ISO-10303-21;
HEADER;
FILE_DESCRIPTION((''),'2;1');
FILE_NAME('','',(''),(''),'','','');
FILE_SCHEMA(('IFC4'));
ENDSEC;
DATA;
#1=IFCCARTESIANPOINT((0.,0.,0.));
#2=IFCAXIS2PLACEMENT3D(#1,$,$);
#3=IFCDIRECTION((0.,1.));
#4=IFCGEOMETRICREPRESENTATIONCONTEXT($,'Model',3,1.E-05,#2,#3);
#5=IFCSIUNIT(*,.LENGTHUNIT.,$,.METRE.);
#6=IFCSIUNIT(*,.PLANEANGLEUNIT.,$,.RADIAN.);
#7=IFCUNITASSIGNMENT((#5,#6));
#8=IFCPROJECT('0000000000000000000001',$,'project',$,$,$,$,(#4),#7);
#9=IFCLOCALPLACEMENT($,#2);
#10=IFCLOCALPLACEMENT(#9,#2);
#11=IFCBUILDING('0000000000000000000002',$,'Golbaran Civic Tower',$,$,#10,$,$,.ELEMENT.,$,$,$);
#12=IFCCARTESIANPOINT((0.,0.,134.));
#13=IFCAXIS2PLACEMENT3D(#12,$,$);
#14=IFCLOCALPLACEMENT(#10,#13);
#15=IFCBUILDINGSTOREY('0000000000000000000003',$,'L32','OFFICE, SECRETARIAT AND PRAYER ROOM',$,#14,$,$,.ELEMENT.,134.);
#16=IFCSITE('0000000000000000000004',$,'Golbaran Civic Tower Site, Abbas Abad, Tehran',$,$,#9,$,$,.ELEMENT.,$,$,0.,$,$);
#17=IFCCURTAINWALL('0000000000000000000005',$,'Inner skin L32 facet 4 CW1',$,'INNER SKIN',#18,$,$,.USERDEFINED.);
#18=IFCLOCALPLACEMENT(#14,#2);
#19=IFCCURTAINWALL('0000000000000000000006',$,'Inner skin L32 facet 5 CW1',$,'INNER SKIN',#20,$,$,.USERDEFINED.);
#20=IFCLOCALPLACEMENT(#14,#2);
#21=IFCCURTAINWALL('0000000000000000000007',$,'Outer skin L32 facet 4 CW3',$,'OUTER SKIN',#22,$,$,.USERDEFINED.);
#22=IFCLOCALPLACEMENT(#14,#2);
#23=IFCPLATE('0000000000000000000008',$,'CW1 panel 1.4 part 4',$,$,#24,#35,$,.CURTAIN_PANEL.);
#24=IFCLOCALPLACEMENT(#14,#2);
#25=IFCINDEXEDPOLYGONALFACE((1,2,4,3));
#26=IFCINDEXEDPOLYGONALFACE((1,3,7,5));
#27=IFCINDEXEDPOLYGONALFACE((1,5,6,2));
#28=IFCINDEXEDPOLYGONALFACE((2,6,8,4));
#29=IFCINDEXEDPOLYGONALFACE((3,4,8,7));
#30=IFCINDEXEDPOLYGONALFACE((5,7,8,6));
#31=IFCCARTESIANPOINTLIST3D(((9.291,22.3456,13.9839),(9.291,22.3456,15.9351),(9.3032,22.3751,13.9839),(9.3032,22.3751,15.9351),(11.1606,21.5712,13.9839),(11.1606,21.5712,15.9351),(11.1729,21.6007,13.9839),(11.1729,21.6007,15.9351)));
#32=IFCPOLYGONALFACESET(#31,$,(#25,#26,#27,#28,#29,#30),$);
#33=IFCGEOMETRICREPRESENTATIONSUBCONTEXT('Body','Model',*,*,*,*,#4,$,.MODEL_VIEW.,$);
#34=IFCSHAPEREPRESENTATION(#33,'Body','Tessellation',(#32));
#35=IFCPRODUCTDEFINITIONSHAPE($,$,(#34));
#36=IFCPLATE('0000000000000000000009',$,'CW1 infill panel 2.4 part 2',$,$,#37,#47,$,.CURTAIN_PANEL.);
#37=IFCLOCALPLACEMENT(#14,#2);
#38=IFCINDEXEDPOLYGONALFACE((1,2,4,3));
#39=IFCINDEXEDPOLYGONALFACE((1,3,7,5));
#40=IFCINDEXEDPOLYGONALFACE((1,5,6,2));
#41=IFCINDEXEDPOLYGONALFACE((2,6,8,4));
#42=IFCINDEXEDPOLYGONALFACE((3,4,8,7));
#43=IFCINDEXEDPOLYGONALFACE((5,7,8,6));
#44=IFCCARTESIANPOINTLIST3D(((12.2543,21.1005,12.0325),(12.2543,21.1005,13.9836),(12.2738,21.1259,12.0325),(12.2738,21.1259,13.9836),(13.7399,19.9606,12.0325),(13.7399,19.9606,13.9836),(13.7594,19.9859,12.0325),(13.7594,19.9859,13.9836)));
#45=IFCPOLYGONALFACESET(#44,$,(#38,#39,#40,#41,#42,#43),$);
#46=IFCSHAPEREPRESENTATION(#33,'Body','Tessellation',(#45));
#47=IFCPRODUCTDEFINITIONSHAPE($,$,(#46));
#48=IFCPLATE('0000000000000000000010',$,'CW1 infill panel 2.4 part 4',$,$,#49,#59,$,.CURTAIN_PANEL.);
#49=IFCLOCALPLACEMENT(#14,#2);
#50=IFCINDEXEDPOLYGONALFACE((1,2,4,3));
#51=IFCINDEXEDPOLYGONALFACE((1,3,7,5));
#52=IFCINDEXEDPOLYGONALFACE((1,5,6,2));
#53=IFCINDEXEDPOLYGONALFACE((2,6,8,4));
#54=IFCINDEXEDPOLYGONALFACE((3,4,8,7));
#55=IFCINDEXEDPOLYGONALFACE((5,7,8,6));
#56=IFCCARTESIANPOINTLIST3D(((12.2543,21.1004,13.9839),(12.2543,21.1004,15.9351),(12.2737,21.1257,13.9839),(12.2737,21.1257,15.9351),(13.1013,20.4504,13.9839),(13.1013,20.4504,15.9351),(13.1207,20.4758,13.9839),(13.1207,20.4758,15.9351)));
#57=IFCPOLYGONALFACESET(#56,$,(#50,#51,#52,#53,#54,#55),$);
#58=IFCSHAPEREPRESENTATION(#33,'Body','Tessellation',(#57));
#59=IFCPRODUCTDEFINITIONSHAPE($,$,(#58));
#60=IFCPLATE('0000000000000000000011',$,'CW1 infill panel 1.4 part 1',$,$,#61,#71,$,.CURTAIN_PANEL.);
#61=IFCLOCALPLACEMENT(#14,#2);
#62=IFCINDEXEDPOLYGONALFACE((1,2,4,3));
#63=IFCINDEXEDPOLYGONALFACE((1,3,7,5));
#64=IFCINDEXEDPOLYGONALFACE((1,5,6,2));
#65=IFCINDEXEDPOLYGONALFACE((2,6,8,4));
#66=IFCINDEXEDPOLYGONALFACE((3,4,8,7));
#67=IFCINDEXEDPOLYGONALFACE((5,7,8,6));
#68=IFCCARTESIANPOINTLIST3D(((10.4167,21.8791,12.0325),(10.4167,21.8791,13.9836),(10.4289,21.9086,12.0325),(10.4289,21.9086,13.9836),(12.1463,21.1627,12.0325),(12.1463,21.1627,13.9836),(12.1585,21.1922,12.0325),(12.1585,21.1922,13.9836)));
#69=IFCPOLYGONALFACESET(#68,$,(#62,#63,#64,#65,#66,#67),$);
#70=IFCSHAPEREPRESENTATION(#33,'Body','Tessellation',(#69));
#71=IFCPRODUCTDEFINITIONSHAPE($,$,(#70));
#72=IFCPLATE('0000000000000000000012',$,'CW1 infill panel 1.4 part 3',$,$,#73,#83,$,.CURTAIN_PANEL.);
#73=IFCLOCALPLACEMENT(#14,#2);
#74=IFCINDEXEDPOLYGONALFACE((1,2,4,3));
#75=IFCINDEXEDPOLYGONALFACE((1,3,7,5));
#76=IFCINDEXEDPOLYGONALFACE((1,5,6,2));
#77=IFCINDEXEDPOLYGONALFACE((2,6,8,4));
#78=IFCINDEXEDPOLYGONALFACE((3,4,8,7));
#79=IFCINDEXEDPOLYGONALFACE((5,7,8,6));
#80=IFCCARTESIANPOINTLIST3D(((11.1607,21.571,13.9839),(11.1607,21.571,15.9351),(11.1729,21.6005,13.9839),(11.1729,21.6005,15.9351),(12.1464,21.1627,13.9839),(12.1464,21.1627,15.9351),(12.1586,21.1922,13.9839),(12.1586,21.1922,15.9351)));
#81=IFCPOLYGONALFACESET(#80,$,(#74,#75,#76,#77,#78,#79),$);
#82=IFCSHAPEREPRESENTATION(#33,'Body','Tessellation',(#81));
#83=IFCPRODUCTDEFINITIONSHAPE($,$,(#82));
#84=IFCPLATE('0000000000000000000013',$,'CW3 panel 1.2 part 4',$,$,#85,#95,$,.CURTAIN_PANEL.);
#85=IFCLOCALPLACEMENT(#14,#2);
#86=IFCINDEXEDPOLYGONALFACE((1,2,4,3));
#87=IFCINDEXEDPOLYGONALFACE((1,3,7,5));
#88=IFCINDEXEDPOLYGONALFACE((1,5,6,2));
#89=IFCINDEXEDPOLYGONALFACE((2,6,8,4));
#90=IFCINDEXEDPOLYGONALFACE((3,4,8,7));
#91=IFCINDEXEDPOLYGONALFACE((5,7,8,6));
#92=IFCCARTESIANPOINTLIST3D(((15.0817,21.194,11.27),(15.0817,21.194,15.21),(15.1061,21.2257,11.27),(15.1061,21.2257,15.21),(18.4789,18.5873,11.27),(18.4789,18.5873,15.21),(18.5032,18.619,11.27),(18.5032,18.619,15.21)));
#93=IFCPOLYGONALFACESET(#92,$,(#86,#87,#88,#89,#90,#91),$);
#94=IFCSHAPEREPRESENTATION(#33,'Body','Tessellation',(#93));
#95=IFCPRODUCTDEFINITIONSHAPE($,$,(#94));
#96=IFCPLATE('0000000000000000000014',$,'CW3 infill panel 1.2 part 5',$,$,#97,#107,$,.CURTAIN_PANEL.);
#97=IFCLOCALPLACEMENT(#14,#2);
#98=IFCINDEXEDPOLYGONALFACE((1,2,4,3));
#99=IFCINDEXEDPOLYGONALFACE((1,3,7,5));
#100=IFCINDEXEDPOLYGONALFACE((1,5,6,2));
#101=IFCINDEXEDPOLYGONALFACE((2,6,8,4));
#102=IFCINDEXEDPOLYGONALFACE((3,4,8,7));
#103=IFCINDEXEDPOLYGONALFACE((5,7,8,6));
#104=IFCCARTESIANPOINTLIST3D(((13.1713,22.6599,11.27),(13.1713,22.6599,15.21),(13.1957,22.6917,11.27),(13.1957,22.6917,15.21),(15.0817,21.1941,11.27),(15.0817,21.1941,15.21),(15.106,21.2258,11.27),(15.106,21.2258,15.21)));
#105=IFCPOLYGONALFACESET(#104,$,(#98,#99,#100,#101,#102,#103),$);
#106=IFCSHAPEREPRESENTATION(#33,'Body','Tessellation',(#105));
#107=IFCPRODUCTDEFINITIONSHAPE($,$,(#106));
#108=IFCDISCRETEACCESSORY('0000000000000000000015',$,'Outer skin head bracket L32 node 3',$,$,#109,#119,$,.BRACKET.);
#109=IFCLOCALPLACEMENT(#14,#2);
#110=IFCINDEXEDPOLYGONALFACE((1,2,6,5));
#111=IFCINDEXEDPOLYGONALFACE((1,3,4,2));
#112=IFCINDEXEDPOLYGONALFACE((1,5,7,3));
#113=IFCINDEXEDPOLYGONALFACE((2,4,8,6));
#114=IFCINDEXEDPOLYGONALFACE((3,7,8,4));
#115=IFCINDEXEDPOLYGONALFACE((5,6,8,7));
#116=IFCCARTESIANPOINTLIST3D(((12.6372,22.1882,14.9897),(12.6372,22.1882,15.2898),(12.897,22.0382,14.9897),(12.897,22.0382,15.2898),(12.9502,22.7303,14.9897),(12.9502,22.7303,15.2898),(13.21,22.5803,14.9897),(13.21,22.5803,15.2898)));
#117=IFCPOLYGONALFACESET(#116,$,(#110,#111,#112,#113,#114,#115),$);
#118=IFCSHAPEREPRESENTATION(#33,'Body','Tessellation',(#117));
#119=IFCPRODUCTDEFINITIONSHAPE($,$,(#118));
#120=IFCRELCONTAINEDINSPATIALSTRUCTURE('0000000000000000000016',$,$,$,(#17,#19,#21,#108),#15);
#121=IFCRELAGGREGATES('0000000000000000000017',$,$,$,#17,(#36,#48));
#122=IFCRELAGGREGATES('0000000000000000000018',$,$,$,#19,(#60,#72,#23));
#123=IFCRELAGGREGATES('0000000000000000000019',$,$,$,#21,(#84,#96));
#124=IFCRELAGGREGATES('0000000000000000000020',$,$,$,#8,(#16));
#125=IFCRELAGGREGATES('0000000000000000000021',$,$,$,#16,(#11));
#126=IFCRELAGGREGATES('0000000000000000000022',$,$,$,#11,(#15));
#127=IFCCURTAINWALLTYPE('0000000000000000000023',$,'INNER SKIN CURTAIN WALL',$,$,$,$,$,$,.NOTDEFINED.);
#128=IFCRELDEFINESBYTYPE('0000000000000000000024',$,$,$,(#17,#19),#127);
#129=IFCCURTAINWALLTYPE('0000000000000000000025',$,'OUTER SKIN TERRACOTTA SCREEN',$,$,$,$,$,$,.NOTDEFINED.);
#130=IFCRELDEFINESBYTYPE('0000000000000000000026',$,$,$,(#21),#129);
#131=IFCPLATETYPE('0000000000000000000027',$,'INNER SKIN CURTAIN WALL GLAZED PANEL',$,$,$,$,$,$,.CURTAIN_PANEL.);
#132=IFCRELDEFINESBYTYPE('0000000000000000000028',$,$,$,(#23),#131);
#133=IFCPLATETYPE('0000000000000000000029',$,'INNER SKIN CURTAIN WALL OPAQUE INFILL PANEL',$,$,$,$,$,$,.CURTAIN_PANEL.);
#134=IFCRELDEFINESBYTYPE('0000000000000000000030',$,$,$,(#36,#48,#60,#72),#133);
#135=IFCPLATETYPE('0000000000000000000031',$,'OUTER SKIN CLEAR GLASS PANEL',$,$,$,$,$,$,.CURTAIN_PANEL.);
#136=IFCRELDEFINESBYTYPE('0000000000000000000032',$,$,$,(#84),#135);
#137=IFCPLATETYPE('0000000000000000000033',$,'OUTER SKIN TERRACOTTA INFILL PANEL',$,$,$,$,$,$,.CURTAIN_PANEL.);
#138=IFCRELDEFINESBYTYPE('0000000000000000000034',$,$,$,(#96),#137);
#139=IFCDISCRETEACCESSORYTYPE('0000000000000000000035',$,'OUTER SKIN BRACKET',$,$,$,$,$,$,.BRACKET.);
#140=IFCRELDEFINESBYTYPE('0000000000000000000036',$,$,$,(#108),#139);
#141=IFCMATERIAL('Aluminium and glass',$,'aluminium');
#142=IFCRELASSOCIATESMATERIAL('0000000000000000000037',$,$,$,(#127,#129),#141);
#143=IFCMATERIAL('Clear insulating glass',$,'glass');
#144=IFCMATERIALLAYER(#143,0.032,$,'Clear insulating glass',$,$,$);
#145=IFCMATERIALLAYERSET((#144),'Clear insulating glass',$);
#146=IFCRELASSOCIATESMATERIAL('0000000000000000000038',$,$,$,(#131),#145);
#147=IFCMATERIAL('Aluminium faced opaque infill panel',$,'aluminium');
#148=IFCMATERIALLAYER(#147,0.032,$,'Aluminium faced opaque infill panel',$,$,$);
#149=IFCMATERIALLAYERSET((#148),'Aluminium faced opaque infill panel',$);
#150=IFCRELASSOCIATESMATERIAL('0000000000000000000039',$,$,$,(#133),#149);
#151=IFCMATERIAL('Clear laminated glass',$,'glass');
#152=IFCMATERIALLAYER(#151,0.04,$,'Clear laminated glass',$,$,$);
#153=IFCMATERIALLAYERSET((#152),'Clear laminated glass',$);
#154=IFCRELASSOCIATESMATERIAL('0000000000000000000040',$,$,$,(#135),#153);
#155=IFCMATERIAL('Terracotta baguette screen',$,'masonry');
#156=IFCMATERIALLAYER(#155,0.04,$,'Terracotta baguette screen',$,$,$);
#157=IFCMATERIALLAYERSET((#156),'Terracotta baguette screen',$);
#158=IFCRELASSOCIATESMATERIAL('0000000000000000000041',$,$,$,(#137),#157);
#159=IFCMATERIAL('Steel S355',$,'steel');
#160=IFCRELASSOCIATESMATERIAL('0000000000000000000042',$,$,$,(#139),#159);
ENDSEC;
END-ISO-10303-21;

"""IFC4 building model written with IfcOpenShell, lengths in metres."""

from ifc_helpers import new_model, si_unit, direction, frame, origin, origin_2d, place, context, subcontext, project, spatial, rectangle, extrude, material, layer, layer_set, type_object, element, aggregate, save


model = new_model("IFC4")

# Units and contexts
model_context = context("Model", 3, precision=1e-05, world=origin(), true_north=direction((0.0, 1.0)))
body_context = subcontext(model_context, "Body", "Model", "MODEL_VIEW")
ifc_project = project(units=[si_unit("LENGTHUNIT", "METRE"), si_unit("PLANEANGLEUNIT", "RADIAN")], contexts=[model_context])

# Site, building, storey
site_placement = place(None, origin())
site = spatial("IfcSite", under=ifc_project, at=site_placement, Name="Golbaran Civic Tower Site, Abbas Abad, Tehran", CompositionType="ELEMENT", RefElevation=0.0)
building_placement = place(site_placement, origin())
building = spatial("IfcBuilding", under=site, at=building_placement, Name="Golbaran Civic Tower", CompositionType="ELEMENT")
storey_placement = place(building_placement, frame((0.0, 0.0, 134.0)))
storey = spatial("IfcBuildingStorey", under=building, at=storey_placement, Name="L32", Description="OFFICE, SECRETARIAT AND PRAYER ROOM", CompositionType="ELEMENT", Elevation=134.0)

# Curtain walls
ifc_material_1 = material(Name="Aluminium and glass", Category="aluminium")
curtain_wall_type_1 = type_object("IfcCurtainWallType", Name="INNER SKIN CURTAIN WALL", PredefinedType="NOTDEFINED", material=ifc_material_1)
curtain_wall_1_placement = place(storey_placement, origin())
curtain_wall_1 = element("IfcCurtainWall", 1, at=curtain_wall_1_placement, inside=storey, type_object=curtain_wall_type_1, Name="Inner skin L32 facet 4 CW1", ObjectType="INNER SKIN", PredefinedType="USERDEFINED")
curtain_wall_2_placement = place(storey_placement, origin())
curtain_wall_2 = element("IfcCurtainWall", 2, at=curtain_wall_2_placement, inside=storey, type_object=curtain_wall_type_1, Name="Inner skin L32 facet 5 CW1", ObjectType="INNER SKIN", PredefinedType="USERDEFINED")

# Curtain wall
curtain_wall_type_2 = type_object("IfcCurtainWallType", Name="OUTER SKIN TERRACOTTA SCREEN", PredefinedType="NOTDEFINED", material=ifc_material_1)
curtain_wall_3_placement = place(storey_placement, origin())
curtain_wall_3 = element("IfcCurtainWall", 3, at=curtain_wall_3_placement, inside=storey, type_object=curtain_wall_type_2, Name="Outer skin L32 facet 4 CW3", ObjectType="OUTER SKIN", PredefinedType="USERDEFINED")

# Shared definitions
ifc_material_2 = material(Name="Clear insulating glass", Category="glass")
ifc_layer_1 = layer(ifc_material_2, 0.032, Name="Clear insulating glass")
ifc_layer_set_1 = layer_set([ifc_layer_1], Name="Clear insulating glass")
plate_type_1 = type_object("IfcPlateType", Name="INNER SKIN CURTAIN WALL GLAZED PANEL", PredefinedType="CURTAIN_PANEL", material=ifc_layer_set_1)

# Plates
plate_1_placement = place(storey_placement, frame((10.2319, 21.9731, 13.9839), z_axis=(0.0, 0.0, 1.0), x_axis=(-0.92388, 0.382683, 0.0)))
plate_1 = element("IfcPlate", 4, at=plate_1_placement, type_object=plate_type_1, Name="CW1 panel 1.4 part 4", PredefinedType="CURTAIN_PANEL", context=body_context, shape_type="SweptSolid", body=[
    extrude(rectangle(XDim=2.0237, YDim=0.032, at=origin_2d()), origin(), (0.0, 0.0, 1.0), 1.9512),
])
ifc_material_3 = material(Name="Aluminium faced opaque infill panel", Category="aluminium")
ifc_layer_2 = layer(ifc_material_3, 0.032, Name="Aluminium faced opaque infill panel")
ifc_layer_set_2 = layer_set([ifc_layer_2], Name="Aluminium faced opaque infill panel")
plate_type_2 = type_object("IfcPlateType", Name="INNER SKIN CURTAIN WALL OPAQUE INFILL PANEL", PredefinedType="CURTAIN_PANEL", material=ifc_layer_set_2)
plate_2_placement = place(storey_placement, frame((13.0068, 20.5432, 12.0325), z_axis=(0.0, 0.0, 1.0), x_axis=(-0.793353, 0.608761, 0.0)))
plate_2 = element("IfcPlate", 5, at=plate_2_placement, type_object=plate_type_2, Name="CW1 infill panel 2.4 part 2", PredefinedType="CURTAIN_PANEL", context=body_context, shape_type="SweptSolid", body=[
    extrude(rectangle(XDim=1.8726, YDim=0.032, at=origin_2d()), origin(), (0.0, 0.0, 1.0), 1.9512),
])
plate_3_placement = place(storey_placement, frame((12.6875, 20.7881, 13.9839), z_axis=(0.0, 0.0, 1.0), x_axis=(-0.793353, 0.608761, 0.0)))
plate_3 = element("IfcPlate", 6, at=plate_3_placement, type_object=plate_type_2, Name="CW1 infill panel 2.4 part 4", PredefinedType="CURTAIN_PANEL", context=body_context, shape_type="SweptSolid", body=[
    extrude(rectangle(XDim=1.0676, YDim=0.032, at=origin_2d()), origin(), (0.0, 0.0, 1.0), 1.9512),
])
aggregate(curtain_wall_1, [plate_2, plate_3])
plate_4_placement = place(storey_placement, frame((11.2876, 21.5356, 12.0325), z_axis=(0.0, 0.0, 1.0), x_axis=(-0.92388, 0.382683, 0.0)))
plate_4 = element("IfcPlate", 7, at=plate_4_placement, type_object=plate_type_2, Name="CW1 infill panel 1.4 part 1", PredefinedType="CURTAIN_PANEL", context=body_context, shape_type="SweptSolid", body=[
    extrude(rectangle(XDim=1.8721, YDim=0.032, at=origin_2d()), origin(), (0.0, 0.0, 1.0), 1.9512),
])
plate_5_placement = place(storey_placement, frame((11.6597, 21.3816, 13.9839), z_axis=(0.0, 0.0, 1.0), x_axis=(-0.92388, 0.382683, 0.0)))
plate_5 = element("IfcPlate", 8, at=plate_5_placement, type_object=plate_type_2, Name="CW1 infill panel 1.4 part 3", PredefinedType="CURTAIN_PANEL", context=body_context, shape_type="SweptSolid", body=[
    extrude(rectangle(XDim=1.0669, YDim=0.032, at=origin_2d()), origin(), (0.0, 0.0, 1.0), 1.9512),
])
aggregate(curtain_wall_2, [plate_4, plate_5, plate_1])
ifc_material_4 = material(Name="Clear laminated glass", Category="glass")
ifc_layer_3 = layer(ifc_material_4, 0.04, Name="Clear laminated glass")
ifc_layer_set_3 = layer_set([ifc_layer_3], Name="Clear laminated glass")
plate_type_3 = type_object("IfcPlateType", Name="OUTER SKIN CLEAR GLASS PANEL", PredefinedType="CURTAIN_PANEL", material=ifc_layer_set_3)
plate_6_placement = place(storey_placement, frame((16.7925, 19.9065, 11.27), z_axis=(0.0, 0.0, 1.0), x_axis=(-0.793353, 0.608761, 0.0)))
plate_6 = element("IfcPlate", 9, at=plate_6_placement, type_object=plate_type_3, Name="CW3 panel 1.2 part 4", PredefinedType="CURTAIN_PANEL", context=body_context, shape_type="SweptSolid", body=[
    extrude(rectangle(XDim=4.282, YDim=0.04, at=origin_2d()), origin(), (0.0, 0.0, 1.0), 3.9399),
])
ifc_material_5 = material(Name="Terracotta baguette screen", Category="masonry")
ifc_layer_4 = layer(ifc_material_5, 0.04, Name="Terracotta baguette screen")
ifc_layer_set_4 = layer_set([ifc_layer_4], Name="Terracotta baguette screen")
plate_type_4 = type_object("IfcPlateType", Name="OUTER SKIN TERRACOTTA INFILL PANEL", PredefinedType="CURTAIN_PANEL", material=ifc_layer_set_4)
plate_7_placement = place(storey_placement, frame((14.1387, 21.9429, 11.27), z_axis=(0.0, 0.0, 1.0), x_axis=(-0.793353, 0.608761, 0.0)))
plate_7 = element("IfcPlate", 10, at=plate_7_placement, type_object=plate_type_4, Name="CW3 infill panel 1.2 part 5", PredefinedType="CURTAIN_PANEL", context=body_context, shape_type="SweptSolid", body=[
    extrude(rectangle(XDim=2.408, YDim=0.04, at=origin_2d()), origin(), (0.0, 0.0, 1.0), 3.9399),
])
aggregate(curtain_wall_3, [plate_6, plate_7])

# Discrete accessory
ifc_material_6 = material(Name="Steel S355", Category="steel")
discrete_accessory_type = type_object("IfcDiscreteAccessoryType", Name="OUTER SKIN BRACKET", PredefinedType="BRACKET", material=ifc_material_6)
discrete_accessory_placement = place(storey_placement, frame((12.9236, 22.3843, 14.9897), z_axis=(0.0, 0.0, 1.0), x_axis=(0.5, 0.866025, 0.0)))
element("IfcDiscreteAccessory", 11, at=discrete_accessory_placement, inside=storey, type_object=discrete_accessory_type, Name="Outer skin head bracket L32 node 3", PredefinedType="BRACKET", context=body_context, shape_type="SweptSolid", body=[
    extrude(rectangle(XDim=0.626, YDim=0.3, at=origin_2d()), origin(), (0.0, 0.0, 1.0), 0.3),
])

save(model, "model.ifc")
